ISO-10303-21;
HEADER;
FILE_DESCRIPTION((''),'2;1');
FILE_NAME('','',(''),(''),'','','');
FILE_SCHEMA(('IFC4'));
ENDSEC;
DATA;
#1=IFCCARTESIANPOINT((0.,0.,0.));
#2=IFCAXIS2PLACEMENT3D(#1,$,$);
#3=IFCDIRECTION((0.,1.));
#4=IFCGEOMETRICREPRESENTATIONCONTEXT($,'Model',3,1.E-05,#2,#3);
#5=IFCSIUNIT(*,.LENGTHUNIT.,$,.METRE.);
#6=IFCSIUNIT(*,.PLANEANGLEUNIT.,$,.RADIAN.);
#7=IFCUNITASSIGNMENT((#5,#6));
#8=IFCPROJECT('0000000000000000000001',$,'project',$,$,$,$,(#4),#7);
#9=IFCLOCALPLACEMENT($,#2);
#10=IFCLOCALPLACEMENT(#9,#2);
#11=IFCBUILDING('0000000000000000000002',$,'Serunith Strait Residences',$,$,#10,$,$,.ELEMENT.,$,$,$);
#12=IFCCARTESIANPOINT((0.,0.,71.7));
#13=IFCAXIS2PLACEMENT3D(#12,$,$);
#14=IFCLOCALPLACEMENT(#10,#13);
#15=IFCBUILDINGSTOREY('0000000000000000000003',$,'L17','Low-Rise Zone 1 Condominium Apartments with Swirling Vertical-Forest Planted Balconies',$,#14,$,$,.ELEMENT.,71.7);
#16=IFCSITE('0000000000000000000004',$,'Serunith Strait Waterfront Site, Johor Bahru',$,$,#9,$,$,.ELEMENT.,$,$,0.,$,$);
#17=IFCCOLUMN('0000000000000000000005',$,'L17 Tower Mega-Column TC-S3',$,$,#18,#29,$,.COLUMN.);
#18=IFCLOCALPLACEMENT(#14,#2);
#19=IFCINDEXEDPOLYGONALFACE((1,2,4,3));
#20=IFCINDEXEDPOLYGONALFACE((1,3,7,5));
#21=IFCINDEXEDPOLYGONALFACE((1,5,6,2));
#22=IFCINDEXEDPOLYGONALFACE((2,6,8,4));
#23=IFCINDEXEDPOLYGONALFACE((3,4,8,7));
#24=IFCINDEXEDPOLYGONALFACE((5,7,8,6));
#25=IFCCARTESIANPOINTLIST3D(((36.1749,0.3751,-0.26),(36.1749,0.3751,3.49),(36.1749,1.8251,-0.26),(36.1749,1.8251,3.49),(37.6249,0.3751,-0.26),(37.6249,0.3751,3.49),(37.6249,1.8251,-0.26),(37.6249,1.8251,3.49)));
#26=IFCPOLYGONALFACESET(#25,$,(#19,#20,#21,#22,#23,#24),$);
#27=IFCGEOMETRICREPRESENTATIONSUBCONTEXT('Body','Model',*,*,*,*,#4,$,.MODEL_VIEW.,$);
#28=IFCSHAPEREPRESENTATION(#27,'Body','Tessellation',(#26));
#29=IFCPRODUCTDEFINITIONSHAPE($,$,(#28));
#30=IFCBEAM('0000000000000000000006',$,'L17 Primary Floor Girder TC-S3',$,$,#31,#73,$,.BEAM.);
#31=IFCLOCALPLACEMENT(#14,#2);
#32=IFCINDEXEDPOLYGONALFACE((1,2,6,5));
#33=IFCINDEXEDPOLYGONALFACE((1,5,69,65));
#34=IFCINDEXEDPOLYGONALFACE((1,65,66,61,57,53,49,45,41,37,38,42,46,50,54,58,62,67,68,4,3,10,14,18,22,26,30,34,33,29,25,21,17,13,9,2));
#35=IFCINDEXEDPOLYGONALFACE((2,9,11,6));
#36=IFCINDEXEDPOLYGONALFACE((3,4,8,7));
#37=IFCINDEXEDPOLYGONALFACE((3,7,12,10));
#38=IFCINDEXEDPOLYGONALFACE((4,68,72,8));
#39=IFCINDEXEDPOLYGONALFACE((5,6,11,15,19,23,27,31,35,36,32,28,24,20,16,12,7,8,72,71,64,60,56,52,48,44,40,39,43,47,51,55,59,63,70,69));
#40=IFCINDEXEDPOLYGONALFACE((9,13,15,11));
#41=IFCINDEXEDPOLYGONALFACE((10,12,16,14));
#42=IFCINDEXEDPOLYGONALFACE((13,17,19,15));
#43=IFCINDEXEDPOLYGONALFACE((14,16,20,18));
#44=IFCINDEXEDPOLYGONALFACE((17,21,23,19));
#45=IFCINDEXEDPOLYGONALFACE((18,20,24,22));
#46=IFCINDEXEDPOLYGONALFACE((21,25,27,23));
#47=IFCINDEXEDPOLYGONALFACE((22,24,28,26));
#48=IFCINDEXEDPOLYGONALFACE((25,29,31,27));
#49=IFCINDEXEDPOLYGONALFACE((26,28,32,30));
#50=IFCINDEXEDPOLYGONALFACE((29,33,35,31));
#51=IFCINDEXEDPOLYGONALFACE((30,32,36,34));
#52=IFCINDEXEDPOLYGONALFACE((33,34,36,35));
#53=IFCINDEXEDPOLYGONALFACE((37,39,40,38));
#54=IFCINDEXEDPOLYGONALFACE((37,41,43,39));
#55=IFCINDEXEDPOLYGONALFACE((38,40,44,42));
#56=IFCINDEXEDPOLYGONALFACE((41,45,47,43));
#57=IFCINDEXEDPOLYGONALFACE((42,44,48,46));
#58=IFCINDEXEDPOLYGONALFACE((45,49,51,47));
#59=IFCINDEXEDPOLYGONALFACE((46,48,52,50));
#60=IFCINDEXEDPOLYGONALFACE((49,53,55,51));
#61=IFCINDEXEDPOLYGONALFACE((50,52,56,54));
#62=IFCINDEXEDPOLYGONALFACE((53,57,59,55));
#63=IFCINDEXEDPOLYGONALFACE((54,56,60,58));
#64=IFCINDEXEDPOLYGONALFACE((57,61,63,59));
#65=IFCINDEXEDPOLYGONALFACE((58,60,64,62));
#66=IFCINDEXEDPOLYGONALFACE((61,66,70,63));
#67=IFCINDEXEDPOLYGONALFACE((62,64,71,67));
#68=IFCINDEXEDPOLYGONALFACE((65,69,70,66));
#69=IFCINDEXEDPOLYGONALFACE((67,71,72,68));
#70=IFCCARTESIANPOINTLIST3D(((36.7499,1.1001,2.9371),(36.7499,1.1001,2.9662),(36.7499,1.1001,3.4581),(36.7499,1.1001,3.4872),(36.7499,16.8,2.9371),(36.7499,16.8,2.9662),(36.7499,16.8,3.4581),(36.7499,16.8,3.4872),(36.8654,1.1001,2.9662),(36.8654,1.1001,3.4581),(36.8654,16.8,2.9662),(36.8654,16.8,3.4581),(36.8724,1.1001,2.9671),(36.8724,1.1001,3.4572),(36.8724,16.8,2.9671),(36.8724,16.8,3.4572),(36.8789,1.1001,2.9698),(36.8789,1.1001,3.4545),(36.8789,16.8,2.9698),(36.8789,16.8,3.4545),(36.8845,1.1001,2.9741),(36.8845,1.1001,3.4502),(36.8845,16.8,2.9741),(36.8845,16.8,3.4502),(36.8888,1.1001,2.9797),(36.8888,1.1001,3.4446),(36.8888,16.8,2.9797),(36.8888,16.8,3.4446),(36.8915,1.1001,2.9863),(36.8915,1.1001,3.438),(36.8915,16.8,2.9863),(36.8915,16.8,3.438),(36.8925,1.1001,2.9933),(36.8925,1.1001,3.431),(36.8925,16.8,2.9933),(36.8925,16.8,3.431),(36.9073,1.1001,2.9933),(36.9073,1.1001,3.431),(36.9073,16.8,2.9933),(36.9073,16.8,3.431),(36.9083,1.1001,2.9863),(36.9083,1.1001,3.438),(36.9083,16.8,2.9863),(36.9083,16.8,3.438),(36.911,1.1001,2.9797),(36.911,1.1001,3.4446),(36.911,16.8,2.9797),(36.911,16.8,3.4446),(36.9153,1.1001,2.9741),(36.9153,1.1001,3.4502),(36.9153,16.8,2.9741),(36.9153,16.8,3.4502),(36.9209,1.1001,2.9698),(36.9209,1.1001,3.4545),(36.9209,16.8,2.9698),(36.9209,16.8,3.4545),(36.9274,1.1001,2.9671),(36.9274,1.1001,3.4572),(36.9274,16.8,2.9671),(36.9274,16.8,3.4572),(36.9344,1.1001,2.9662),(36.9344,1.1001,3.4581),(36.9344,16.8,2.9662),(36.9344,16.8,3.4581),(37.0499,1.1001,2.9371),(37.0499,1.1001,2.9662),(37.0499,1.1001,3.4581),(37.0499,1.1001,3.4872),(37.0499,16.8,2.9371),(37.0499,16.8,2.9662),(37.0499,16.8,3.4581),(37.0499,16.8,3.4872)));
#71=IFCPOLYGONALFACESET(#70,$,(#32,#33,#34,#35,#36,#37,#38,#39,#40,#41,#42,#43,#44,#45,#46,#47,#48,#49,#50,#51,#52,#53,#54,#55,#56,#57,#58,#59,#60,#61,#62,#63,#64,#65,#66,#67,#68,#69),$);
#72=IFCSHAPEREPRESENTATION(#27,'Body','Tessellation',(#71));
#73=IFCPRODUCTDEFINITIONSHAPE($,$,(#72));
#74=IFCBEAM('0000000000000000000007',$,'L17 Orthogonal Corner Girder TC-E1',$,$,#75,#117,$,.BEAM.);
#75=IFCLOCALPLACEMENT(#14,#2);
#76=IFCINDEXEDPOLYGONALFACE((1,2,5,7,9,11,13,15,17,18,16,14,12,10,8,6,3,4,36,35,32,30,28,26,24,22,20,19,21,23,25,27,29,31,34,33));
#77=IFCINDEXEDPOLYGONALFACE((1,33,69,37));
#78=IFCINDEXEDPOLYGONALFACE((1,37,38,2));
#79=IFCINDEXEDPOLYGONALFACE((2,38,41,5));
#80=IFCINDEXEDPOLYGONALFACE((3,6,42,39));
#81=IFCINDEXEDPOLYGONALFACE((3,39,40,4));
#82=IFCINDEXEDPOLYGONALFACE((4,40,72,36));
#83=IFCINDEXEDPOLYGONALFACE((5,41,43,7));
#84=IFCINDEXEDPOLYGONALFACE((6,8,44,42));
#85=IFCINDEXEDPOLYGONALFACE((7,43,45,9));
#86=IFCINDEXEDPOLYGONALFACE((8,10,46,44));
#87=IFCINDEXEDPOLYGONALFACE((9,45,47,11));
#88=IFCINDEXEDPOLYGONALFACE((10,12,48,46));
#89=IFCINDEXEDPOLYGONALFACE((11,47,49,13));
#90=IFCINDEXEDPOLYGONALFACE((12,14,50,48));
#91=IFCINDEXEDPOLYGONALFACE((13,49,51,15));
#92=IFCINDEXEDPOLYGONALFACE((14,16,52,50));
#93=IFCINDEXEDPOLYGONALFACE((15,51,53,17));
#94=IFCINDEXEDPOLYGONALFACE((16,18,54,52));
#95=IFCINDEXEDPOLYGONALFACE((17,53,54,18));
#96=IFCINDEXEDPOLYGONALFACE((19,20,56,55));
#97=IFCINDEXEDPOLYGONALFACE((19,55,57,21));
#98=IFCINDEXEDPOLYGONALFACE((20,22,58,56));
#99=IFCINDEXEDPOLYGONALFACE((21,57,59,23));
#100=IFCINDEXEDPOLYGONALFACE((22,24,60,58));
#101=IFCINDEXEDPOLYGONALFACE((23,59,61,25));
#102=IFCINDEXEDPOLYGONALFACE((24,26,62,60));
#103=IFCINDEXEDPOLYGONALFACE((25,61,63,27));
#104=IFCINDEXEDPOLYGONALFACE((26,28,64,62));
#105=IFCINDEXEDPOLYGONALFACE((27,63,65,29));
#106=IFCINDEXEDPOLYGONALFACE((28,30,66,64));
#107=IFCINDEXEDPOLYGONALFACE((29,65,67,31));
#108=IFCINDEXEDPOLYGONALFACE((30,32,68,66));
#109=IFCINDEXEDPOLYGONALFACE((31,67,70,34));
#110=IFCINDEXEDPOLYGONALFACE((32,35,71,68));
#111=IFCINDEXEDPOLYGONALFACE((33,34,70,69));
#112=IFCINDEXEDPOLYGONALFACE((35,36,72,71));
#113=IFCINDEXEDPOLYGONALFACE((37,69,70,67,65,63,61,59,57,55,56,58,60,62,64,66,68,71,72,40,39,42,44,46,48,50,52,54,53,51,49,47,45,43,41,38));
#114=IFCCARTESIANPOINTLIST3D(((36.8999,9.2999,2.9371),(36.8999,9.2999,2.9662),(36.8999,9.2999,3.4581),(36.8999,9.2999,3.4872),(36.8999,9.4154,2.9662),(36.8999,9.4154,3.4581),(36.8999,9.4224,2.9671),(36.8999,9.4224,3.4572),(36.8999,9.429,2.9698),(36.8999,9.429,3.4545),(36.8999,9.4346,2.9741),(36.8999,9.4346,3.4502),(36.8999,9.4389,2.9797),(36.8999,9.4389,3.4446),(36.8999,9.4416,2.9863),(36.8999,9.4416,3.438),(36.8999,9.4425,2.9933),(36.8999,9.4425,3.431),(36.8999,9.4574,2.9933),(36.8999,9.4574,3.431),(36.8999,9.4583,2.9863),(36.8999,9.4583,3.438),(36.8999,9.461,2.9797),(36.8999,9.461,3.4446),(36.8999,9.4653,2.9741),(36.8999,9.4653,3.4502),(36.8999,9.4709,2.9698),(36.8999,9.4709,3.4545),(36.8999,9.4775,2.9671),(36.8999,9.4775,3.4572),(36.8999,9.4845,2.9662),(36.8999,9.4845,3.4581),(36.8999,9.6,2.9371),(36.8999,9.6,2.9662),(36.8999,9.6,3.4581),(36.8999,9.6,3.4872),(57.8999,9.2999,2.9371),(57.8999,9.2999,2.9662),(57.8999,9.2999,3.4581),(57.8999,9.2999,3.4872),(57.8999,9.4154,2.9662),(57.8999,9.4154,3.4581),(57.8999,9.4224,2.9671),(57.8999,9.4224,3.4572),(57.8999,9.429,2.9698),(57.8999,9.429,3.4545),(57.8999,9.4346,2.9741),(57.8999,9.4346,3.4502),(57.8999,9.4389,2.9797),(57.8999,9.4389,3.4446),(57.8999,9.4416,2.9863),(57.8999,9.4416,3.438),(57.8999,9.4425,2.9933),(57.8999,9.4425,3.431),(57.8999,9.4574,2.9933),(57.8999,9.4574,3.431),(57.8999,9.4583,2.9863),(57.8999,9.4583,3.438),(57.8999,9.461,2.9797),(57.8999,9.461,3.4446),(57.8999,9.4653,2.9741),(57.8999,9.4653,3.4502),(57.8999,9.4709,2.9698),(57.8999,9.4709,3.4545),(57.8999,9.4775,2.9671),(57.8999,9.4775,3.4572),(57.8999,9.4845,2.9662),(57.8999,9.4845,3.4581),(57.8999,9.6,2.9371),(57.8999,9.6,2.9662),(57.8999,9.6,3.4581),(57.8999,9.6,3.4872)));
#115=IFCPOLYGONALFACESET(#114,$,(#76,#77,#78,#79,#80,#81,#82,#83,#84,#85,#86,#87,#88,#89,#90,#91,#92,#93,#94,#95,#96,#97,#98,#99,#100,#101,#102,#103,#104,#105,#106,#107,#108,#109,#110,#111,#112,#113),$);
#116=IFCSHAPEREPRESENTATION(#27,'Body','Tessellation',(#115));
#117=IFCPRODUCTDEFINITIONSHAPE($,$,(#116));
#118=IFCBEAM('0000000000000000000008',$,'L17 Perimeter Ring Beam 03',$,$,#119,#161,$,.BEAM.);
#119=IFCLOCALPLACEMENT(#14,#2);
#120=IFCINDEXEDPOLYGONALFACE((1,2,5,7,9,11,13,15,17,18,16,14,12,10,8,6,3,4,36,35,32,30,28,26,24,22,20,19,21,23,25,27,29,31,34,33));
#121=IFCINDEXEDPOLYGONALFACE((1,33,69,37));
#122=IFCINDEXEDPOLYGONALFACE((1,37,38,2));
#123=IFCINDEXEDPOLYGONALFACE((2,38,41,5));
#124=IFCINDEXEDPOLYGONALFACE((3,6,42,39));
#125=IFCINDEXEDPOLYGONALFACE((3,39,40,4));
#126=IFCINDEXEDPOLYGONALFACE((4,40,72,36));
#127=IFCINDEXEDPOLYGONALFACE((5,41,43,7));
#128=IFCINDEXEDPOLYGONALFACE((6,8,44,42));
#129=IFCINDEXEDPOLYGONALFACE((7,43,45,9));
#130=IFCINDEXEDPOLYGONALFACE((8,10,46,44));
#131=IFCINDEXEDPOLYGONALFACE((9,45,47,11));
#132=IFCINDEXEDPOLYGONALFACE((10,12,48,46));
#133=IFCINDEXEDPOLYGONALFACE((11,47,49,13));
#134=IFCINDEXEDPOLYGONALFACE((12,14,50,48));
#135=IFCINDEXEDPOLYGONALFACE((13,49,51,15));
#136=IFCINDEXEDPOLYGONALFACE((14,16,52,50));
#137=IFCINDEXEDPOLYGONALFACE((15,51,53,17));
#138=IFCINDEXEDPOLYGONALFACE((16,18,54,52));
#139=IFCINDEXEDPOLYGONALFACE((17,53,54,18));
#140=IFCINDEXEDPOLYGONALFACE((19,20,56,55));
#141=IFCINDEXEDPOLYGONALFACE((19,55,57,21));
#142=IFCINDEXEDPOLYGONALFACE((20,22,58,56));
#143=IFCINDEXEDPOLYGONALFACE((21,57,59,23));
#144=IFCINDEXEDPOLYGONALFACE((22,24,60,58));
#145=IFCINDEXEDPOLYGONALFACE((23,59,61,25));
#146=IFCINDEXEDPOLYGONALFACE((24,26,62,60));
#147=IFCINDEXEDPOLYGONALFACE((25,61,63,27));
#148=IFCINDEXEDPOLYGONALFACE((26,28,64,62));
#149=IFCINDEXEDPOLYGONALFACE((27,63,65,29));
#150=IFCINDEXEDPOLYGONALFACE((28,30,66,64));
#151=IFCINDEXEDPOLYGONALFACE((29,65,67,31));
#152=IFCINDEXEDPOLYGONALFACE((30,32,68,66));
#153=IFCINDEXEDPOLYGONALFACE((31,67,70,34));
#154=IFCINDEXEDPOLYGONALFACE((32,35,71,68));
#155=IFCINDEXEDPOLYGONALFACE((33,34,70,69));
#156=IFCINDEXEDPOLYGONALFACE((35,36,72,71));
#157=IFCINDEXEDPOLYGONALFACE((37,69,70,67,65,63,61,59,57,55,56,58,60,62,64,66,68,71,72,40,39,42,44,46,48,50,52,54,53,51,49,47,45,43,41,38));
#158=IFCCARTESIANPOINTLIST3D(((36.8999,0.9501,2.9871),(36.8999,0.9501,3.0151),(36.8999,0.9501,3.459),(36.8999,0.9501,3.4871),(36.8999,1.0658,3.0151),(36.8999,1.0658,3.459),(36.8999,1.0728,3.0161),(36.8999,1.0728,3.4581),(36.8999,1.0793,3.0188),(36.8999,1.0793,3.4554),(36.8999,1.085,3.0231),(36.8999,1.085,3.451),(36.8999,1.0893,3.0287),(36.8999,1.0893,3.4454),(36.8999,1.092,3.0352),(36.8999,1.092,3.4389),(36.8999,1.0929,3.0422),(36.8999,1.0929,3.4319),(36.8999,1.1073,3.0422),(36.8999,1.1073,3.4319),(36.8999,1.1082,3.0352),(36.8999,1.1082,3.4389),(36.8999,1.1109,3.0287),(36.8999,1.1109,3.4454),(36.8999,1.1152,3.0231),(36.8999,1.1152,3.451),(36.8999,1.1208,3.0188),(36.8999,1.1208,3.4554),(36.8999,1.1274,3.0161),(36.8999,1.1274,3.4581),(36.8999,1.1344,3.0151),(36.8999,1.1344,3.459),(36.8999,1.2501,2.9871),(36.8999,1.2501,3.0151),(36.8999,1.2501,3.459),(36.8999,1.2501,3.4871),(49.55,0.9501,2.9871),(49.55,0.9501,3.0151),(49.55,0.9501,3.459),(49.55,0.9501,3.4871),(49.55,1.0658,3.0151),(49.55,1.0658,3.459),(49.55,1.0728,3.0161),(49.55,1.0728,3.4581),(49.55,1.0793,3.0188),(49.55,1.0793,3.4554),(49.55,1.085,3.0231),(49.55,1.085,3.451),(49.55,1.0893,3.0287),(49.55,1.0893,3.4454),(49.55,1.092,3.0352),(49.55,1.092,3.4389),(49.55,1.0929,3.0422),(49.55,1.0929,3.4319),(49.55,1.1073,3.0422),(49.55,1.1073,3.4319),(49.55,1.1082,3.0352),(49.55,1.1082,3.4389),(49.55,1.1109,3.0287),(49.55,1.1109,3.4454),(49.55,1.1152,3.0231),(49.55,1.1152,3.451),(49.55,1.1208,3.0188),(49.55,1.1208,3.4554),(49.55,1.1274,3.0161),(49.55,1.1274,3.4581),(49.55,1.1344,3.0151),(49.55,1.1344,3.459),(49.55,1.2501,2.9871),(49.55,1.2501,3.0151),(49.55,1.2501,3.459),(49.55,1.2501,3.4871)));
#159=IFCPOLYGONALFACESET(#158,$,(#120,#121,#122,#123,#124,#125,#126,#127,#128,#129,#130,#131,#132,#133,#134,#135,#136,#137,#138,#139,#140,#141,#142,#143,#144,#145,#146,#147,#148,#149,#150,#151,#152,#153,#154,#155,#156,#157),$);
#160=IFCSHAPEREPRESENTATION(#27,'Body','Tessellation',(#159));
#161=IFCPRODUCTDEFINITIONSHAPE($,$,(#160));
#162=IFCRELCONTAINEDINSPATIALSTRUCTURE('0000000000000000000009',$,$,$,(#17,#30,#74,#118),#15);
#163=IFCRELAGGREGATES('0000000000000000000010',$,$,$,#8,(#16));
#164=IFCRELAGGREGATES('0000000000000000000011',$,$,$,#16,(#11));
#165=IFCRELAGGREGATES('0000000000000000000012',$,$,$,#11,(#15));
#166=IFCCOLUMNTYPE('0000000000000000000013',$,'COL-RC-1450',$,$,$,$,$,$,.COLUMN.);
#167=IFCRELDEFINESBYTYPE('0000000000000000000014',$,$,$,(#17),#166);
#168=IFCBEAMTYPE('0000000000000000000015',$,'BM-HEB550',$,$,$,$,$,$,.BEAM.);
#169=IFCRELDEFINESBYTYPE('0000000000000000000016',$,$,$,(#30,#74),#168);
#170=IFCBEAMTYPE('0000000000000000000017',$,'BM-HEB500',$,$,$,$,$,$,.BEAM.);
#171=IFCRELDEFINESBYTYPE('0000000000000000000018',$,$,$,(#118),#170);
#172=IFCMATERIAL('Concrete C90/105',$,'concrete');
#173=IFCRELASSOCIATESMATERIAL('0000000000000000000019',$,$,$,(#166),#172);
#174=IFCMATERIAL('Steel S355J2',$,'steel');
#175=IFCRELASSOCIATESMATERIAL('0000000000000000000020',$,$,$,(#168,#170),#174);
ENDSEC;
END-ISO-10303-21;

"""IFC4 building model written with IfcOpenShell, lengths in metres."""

from ifc_helpers import new_model, si_unit, direction, frame, origin, origin_2d, place, context, subcontext, project, spatial, rectangle, i_section, extrude, source, transform, mapped, material, material_profile, profile_set, type_object, element, save


model = new_model("IFC4")

# Units and contexts
model_context = context("Model", 3, precision=1e-05, world=origin(), true_north=direction((0.0, 1.0)))
body_context = subcontext(model_context, "Body", "Model", "MODEL_VIEW")
ifc_project = project(units=[si_unit("LENGTHUNIT", "METRE"), si_unit("PLANEANGLEUNIT", "RADIAN")], contexts=[model_context])

# Site, building, storey
site_placement = place(None, origin())
site = spatial("IfcSite", under=ifc_project, at=site_placement, Name="Serunith Strait Waterfront Site, Johor Bahru", CompositionType="ELEMENT", RefElevation=0.0)
building_placement = place(site_placement, origin())
building = spatial("IfcBuilding", under=site, at=building_placement, Name="Serunith Strait Residences", CompositionType="ELEMENT")
storey_placement = place(building_placement, frame((0.0, 0.0, 71.7)))
storey = spatial("IfcBuildingStorey", under=building, at=storey_placement, Name="L17", Description="Low-Rise Zone 1 Condominium Apartments with Swirling Vertical-Forest Planted Balconies", CompositionType="ELEMENT", Elevation=71.7)

# Column
ifc_material_1 = material(Name="Concrete C90/105", Category="concrete")
ifc_material_profile_1 = material_profile(ifc_material_1, rectangle(XDim=1.45, YDim=1.45, at=origin_2d()), Name="RC 1450x1450")
ifc_profile_set_1 = profile_set([ifc_material_profile_1], Name="Concrete C90/105")
column_type = type_object("IfcColumnType", Name="COL-RC-1450", PredefinedType="COLUMN", material=ifc_profile_set_1)
shared_shape_1 = source(origin(), body_context, "Body", "SweptSolid", [
    extrude(rectangle(XDim=1.45, YDim=1.45, at=origin_2d()), origin(), (0.0, 0.0, 1.0), 3.75),
])
column_placement = place(storey_placement, frame((36.8999, 1.1001, -0.26), z_axis=(0.0, 0.0, 1.0), x_axis=(1.0, 0.0, 0.0)))
element("IfcColumn", 1, at=column_placement, inside=storey, type_object=column_type, Name="L17 Tower Mega-Column TC-S3", PredefinedType="COLUMN", context=body_context, shape_type="MappedRepresentation", body=[
    mapped(shared_shape_1, transform((0.0, 0.0, 0.0), scale=1.0)),
])

# Beams
ifc_material_2 = material(Name="Steel S355J2", Category="steel")
ifc_material_profile_2 = material_profile(ifc_material_2, i_section(OverallWidth=0.3, OverallDepth=0.55, WebThickness=0.0149, FlangeThickness=0.0291, FilletRadius=0.0271, at=origin_2d()), Name="HEB 550")
ifc_profile_set_2 = profile_set([ifc_material_profile_2], Name="Steel S355J2")
beam_type_1 = type_object("IfcBeamType", Name="BM-HEB550", PredefinedType="BEAM", material=ifc_profile_set_2)
shared_shape_2 = source(origin(), body_context, "Body", "SweptSolid", [
    extrude(i_section(OverallWidth=0.3, OverallDepth=0.55, WebThickness=0.0149, FlangeThickness=0.0291, FilletRadius=0.0271, at=origin_2d()), origin(), (0.0, 0.0, 1.0), 15.7),
])
beam_1_placement = place(storey_placement, frame((36.8999, 16.8, 3.2122), z_axis=(0.0, -1.0, 0.0), x_axis=(1.0, 0.0, 0.0)))
element("IfcBeam", 2, at=beam_1_placement, inside=storey, type_object=beam_type_1, Name="L17 Primary Floor Girder TC-S3", PredefinedType="BEAM", context=body_context, shape_type="MappedRepresentation", body=[
    mapped(shared_shape_2, transform((0.0, 0.0, 0.0), scale=1.0)),
])
shared_shape_3 = source(origin(), body_context, "Body", "SweptSolid", [
    extrude(i_section(OverallWidth=0.3, OverallDepth=0.55, WebThickness=0.0149, FlangeThickness=0.0291, FilletRadius=0.0271, at=origin_2d()), origin(), (0.0, 0.0, 1.0), 21.0),
])
beam_2_placement = place(storey_placement, frame((36.8999, 9.45, 3.2122), z_axis=(1.0, 0.0, 0.0), x_axis=(0.0, 1.0, 0.0)))
element("IfcBeam", 3, at=beam_2_placement, inside=storey, type_object=beam_type_1, Name="L17 Orthogonal Corner Girder TC-E1", PredefinedType="BEAM", context=body_context, shape_type="MappedRepresentation", body=[
    mapped(shared_shape_3, transform((0.0, 0.0, 0.0), scale=1.0)),
])
ifc_material_profile_3 = material_profile(ifc_material_2, i_section(OverallWidth=0.3, OverallDepth=0.5, WebThickness=0.0144, FlangeThickness=0.0281, FilletRadius=0.0271, at=origin_2d()), Name="HEB 500")
ifc_profile_set_3 = profile_set([ifc_material_profile_3], Name="Steel S355J2")
beam_type_2 = type_object("IfcBeamType", Name="BM-HEB500", PredefinedType="BEAM", material=ifc_profile_set_3)
shared_shape_4 = source(origin(), body_context, "Body", "SweptSolid", [
    extrude(i_section(OverallWidth=0.3, OverallDepth=0.5, WebThickness=0.0144, FlangeThickness=0.0281, FilletRadius=0.0271, at=origin_2d()), origin(), (0.0, 0.0, 1.0), 12.6501),
])
beam_3_placement = place(storey_placement, frame((36.8999, 1.1001, 3.2371), z_axis=(1.0, 0.0, 0.0), x_axis=(0.0, 1.0, 0.0)))
element("IfcBeam", 4, at=beam_3_placement, inside=storey, type_object=beam_type_2, Name="L17 Perimeter Ring Beam 03", PredefinedType="BEAM", context=body_context, shape_type="MappedRepresentation", body=[
    mapped(shared_shape_4, transform((0.0, 0.0, 0.0), scale=1.0)),
])

save(model, "model.ifc")
